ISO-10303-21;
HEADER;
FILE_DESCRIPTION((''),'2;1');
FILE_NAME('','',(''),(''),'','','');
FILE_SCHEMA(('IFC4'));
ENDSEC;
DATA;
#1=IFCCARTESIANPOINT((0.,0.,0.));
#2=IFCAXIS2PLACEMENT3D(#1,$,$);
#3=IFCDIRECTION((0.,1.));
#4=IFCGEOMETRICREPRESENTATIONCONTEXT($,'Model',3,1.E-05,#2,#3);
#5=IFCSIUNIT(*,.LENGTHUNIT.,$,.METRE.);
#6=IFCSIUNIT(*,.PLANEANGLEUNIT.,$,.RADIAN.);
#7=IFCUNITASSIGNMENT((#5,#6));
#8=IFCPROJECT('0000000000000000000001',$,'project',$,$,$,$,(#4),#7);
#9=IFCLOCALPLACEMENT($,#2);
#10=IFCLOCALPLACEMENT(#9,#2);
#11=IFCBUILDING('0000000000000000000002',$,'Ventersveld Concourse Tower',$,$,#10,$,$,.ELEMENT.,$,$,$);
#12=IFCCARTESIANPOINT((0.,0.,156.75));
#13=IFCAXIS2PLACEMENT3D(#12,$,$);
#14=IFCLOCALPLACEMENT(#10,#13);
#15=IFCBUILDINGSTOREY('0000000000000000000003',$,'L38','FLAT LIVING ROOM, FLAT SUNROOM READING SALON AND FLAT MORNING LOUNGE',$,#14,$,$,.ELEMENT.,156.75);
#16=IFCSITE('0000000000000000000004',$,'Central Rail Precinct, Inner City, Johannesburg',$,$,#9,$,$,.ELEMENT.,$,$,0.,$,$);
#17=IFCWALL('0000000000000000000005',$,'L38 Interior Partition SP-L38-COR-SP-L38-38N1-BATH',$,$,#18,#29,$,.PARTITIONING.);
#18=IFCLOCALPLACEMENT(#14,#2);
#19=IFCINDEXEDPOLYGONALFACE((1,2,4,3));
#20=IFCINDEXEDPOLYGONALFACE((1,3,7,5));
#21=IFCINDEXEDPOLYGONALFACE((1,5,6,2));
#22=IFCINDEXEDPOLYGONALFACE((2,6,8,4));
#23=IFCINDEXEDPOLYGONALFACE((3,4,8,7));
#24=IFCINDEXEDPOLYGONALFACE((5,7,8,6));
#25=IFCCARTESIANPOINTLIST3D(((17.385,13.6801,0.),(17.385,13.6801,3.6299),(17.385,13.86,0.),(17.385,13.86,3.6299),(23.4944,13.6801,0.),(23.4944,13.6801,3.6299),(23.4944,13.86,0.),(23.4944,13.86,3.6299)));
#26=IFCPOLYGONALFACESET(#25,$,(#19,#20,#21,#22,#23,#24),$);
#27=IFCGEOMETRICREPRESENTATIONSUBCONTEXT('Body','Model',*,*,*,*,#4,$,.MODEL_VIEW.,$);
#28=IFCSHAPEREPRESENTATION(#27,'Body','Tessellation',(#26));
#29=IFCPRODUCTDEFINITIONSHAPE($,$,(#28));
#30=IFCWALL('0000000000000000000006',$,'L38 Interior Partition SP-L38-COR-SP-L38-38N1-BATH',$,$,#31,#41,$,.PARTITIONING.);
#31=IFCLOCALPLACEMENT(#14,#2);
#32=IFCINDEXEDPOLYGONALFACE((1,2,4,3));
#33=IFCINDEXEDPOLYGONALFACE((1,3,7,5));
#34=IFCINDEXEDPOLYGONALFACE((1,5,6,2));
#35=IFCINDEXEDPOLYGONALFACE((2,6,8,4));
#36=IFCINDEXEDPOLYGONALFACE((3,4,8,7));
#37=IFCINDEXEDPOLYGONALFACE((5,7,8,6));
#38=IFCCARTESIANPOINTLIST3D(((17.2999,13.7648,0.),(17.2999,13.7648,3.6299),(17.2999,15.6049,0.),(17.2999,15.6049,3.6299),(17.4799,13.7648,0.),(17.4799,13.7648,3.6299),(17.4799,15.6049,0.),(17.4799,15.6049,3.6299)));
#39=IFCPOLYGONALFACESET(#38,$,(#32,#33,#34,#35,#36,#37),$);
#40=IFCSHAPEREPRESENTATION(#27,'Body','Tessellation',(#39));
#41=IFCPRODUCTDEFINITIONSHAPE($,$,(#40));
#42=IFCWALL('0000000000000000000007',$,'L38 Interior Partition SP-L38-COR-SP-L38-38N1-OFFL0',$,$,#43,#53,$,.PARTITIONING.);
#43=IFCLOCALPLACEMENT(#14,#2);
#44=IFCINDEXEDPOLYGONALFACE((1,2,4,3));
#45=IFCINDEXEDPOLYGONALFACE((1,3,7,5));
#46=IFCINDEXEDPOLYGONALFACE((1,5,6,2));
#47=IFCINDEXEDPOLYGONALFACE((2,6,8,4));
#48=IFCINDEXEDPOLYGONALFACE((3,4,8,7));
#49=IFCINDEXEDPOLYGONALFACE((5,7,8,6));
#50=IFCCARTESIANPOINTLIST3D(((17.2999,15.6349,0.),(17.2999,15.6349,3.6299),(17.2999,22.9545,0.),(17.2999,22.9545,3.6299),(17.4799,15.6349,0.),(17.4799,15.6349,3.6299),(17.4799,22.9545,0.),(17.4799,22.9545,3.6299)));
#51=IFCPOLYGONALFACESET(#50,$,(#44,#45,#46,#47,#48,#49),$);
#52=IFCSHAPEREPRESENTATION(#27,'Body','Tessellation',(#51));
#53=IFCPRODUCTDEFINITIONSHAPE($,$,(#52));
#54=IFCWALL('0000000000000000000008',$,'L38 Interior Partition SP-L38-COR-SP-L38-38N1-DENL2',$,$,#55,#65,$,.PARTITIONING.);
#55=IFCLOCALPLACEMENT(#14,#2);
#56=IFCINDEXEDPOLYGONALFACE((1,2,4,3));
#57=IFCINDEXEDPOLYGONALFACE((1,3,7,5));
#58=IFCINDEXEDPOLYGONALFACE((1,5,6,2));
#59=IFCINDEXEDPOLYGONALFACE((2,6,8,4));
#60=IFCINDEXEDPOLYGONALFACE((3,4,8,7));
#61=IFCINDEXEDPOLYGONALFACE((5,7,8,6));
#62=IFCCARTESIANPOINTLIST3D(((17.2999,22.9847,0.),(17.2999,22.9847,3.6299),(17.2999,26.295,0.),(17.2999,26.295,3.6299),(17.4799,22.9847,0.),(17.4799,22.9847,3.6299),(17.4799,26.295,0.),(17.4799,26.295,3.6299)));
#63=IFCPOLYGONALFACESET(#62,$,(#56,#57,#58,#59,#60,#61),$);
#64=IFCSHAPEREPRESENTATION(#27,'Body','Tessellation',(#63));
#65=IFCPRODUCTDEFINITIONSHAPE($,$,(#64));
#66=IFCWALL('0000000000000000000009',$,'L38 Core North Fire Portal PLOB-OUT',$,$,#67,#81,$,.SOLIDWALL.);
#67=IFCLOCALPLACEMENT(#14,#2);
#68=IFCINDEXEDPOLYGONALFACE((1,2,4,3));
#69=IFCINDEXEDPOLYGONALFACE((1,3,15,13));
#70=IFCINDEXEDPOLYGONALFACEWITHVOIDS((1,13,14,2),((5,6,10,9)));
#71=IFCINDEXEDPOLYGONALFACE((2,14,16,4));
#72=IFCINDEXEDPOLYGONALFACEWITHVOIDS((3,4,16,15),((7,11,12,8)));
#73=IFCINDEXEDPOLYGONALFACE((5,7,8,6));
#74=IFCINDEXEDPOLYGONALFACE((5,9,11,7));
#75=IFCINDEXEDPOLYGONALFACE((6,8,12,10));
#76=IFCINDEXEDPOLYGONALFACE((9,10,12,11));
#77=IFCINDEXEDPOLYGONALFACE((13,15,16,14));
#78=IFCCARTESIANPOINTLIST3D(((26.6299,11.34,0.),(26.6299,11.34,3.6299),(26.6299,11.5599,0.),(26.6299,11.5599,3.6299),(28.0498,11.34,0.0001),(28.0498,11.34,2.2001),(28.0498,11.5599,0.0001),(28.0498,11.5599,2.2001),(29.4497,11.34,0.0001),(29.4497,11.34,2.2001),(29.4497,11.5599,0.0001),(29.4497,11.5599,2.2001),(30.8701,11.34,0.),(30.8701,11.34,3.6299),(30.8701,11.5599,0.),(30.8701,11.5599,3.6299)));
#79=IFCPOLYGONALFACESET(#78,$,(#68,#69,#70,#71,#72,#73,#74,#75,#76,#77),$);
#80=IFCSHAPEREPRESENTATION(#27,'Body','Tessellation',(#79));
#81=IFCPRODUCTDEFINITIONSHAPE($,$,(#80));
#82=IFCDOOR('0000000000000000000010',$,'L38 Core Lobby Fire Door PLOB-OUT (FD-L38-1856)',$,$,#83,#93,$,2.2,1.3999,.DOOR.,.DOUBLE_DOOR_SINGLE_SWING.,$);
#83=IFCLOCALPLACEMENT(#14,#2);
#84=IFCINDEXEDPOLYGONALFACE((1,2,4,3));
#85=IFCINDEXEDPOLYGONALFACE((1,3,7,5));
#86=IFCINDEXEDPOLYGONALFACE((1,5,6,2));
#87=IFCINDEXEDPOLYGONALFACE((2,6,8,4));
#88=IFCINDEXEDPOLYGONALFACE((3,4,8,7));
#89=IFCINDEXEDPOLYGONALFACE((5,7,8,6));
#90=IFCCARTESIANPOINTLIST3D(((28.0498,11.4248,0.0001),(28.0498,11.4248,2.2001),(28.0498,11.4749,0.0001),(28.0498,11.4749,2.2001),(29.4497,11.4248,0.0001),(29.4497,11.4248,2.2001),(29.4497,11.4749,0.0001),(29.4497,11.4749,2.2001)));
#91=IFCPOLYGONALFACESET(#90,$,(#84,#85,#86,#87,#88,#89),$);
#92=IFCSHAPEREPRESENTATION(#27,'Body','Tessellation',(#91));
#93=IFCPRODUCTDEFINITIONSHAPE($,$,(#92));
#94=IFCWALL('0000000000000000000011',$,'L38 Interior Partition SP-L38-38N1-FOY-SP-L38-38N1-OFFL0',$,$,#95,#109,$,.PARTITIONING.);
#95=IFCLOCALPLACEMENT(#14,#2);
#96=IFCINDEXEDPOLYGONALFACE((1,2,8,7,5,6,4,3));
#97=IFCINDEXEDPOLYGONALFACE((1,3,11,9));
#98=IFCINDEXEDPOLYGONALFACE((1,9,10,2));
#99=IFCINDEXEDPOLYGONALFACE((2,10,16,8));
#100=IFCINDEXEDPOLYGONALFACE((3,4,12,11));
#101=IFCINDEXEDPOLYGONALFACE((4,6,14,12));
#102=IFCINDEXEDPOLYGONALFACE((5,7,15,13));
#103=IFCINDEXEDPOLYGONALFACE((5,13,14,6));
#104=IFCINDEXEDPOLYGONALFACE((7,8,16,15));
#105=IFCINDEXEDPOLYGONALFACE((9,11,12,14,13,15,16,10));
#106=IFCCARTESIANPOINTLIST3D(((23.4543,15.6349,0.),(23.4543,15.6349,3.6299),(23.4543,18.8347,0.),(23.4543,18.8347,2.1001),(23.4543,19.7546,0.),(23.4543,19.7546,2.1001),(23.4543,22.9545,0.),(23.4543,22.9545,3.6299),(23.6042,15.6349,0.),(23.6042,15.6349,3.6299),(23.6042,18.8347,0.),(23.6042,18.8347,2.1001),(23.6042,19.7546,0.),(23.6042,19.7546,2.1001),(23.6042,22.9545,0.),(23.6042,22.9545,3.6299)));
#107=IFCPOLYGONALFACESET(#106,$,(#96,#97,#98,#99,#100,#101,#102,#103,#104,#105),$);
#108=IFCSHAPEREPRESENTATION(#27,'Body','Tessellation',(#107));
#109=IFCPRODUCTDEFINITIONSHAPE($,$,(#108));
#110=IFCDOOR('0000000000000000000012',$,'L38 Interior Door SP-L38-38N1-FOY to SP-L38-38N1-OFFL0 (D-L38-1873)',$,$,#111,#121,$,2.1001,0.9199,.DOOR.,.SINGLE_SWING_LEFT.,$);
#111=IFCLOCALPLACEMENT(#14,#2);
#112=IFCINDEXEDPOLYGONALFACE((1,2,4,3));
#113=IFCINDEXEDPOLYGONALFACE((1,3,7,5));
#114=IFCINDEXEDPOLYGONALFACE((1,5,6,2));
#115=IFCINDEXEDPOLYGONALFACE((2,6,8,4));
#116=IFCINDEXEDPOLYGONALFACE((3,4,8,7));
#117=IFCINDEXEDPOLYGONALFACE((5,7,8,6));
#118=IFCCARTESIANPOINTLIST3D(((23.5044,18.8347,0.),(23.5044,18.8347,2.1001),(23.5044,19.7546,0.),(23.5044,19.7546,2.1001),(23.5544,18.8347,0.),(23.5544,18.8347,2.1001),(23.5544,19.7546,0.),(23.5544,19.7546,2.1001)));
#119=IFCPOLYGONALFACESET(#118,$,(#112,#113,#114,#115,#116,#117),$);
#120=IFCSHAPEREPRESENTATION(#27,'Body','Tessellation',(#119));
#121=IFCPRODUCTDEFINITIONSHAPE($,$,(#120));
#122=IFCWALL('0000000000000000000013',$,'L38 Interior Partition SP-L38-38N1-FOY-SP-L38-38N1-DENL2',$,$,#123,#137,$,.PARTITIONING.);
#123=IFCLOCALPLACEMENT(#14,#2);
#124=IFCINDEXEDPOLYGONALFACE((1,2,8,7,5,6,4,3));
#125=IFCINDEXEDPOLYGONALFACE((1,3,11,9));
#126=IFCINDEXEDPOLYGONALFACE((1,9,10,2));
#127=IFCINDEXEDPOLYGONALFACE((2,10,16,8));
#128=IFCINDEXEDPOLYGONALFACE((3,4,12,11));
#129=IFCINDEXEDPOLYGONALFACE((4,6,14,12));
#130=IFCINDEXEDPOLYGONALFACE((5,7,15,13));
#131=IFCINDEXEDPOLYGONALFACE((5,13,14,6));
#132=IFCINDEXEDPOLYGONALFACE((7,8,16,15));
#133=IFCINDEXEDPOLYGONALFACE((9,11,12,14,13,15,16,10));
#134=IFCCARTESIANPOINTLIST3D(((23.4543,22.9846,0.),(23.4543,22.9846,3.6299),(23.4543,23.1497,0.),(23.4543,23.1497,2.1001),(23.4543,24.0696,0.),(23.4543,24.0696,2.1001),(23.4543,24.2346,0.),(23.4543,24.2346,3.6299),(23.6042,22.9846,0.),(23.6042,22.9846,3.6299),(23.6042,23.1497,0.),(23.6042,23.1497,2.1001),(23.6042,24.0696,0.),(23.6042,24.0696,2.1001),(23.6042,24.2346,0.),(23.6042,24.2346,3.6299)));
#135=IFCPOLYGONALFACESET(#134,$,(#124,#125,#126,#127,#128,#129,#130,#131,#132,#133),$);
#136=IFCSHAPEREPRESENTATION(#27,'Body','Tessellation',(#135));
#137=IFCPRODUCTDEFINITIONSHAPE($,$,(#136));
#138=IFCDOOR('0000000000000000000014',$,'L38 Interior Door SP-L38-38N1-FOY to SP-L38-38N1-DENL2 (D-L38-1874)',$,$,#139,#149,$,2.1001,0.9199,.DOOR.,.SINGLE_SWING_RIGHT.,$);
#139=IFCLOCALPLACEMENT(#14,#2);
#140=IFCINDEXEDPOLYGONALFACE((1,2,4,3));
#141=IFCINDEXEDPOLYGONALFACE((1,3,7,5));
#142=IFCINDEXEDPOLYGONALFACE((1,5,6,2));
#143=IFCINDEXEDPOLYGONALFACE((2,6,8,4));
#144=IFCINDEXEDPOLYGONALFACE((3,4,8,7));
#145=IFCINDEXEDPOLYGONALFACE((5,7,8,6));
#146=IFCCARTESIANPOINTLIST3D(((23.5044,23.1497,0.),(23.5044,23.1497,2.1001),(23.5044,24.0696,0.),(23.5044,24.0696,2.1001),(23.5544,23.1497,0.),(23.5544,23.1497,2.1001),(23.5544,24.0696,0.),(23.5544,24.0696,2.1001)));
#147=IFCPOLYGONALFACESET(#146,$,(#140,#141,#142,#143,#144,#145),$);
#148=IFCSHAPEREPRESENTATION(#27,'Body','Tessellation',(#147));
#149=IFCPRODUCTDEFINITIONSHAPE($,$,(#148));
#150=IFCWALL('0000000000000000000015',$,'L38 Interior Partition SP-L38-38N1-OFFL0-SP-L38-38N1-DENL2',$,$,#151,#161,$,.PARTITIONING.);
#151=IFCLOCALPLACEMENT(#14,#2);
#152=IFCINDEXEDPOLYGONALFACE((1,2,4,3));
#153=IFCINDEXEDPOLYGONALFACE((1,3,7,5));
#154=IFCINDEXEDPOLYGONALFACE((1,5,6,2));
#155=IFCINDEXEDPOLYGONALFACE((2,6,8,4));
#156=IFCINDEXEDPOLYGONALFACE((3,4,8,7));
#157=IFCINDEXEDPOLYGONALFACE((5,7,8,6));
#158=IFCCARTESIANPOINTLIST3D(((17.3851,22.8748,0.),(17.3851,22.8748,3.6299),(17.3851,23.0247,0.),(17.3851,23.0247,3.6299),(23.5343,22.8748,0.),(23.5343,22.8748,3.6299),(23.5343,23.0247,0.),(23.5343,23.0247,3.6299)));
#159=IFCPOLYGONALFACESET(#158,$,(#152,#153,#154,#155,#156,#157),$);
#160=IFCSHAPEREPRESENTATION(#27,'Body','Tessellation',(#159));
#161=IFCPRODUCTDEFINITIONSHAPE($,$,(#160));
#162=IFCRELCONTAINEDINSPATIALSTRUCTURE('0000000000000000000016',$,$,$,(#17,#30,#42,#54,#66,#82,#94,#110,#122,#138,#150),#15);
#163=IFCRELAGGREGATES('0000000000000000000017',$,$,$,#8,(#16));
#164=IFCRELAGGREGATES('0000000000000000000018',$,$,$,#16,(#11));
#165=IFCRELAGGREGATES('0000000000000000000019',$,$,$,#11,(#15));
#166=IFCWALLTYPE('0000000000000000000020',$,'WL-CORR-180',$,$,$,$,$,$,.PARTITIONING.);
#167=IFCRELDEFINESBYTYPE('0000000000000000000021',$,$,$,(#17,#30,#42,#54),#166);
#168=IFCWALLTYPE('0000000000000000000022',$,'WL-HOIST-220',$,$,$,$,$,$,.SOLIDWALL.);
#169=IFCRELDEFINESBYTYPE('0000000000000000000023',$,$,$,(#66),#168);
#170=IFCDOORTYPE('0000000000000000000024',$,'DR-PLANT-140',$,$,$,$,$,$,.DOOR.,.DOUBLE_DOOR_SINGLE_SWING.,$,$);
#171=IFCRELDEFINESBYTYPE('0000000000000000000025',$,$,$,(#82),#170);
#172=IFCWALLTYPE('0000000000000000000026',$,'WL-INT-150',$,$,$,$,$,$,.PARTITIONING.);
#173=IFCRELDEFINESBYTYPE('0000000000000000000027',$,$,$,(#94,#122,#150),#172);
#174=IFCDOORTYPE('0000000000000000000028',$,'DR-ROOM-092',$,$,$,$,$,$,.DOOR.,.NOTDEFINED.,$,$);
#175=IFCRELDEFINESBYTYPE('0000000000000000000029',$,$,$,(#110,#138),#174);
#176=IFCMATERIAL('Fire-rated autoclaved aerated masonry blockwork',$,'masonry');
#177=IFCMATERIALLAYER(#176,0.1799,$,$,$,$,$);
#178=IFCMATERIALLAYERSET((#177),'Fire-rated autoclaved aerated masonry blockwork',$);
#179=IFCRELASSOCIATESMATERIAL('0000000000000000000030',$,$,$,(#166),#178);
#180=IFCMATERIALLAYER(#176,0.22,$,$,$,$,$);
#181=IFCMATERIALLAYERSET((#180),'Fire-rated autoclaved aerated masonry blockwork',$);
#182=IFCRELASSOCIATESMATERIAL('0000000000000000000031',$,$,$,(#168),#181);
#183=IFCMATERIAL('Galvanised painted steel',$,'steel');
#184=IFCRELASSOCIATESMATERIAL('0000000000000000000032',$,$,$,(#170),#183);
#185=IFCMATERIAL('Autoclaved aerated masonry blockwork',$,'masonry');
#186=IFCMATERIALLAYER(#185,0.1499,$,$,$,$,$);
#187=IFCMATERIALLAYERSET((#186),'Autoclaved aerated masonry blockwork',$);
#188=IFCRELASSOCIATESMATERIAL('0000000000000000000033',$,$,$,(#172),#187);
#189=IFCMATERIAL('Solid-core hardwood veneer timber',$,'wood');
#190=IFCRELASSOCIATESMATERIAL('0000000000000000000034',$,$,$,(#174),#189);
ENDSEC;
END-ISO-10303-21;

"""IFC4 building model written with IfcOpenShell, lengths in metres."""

from ifc_helpers import new_model, si_unit, direction, frame, frame_2d, origin, place, context, subcontext, project, spatial, rectangle, extrude, material, layer, layer_set, type_object, element, fill, save


model = new_model("IFC4")

# Units and contexts
model_context = context("Model", 3, precision=1e-05, world=origin(), true_north=direction((0.0, 1.0)))
body_context = subcontext(model_context, "Body", "Model", "MODEL_VIEW")
ifc_project = project(units=[si_unit("LENGTHUNIT", "METRE"), si_unit("PLANEANGLEUNIT", "RADIAN")], contexts=[model_context])

# Site, building, storey
site_placement = place(None, origin())
site = spatial("IfcSite", under=ifc_project, at=site_placement, Name="Central Rail Precinct, Inner City, Johannesburg", CompositionType="ELEMENT", RefElevation=0.0)
building_placement = place(site_placement, origin())
building = spatial("IfcBuilding", under=site, at=building_placement, Name="Ventersveld Concourse Tower", CompositionType="ELEMENT")
storey_placement = place(building_placement, frame((0.0, 0.0, 156.75)))
storey = spatial("IfcBuildingStorey", under=building, at=storey_placement, Name="L38", Description="FLAT LIVING ROOM, FLAT SUNROOM READING SALON AND FLAT MORNING LOUNGE", CompositionType="ELEMENT", Elevation=156.75)

# Shared definitions
ifc_material_1 = material(Name="Fire-rated autoclaved aerated masonry blockwork", Category="masonry")
ifc_layer_1 = layer(ifc_material_1, 0.1799)
ifc_layer_set_1 = layer_set([ifc_layer_1], Name="Fire-rated autoclaved aerated masonry blockwork")
wall_type_1 = type_object("IfcWallType", Name="WL-CORR-180", PredefinedType="PARTITIONING", material=ifc_layer_set_1)

# Shared definitions
ifc_material_2 = material(Name="Solid-core hardwood veneer timber", Category="wood")

# Walls
wall_1_placement = place(storey_placement, frame((17.385, 13.77, 0.0), z_axis=(0.0, 0.0, 1.0), x_axis=(1.0, 0.0, 0.0)))
element("IfcWall", 1, at=wall_1_placement, inside=storey, type_object=wall_type_1, Name="L38 Interior Partition SP-L38-COR-SP-L38-38N1-BATH", PredefinedType="PARTITIONING", context=body_context, shape_type="SweptSolid", body=[
    extrude(rectangle(XDim=6.1094, YDim=0.1799, at=frame_2d((3.0547, 0.0))), origin(), (0.0, 0.0, 1.0), 3.6299),
])
wall_2_placement = place(storey_placement, frame((17.3899, 13.7649, 0.0), z_axis=(0.0, 0.0, 1.0), x_axis=(0.0, 1.0, 0.0)))
element("IfcWall", 2, at=wall_2_placement, inside=storey, type_object=wall_type_1, Name="L38 Interior Partition SP-L38-COR-SP-L38-38N1-BATH", PredefinedType="PARTITIONING", context=body_context, shape_type="SweptSolid", body=[
    extrude(rectangle(XDim=1.8401, YDim=0.1799, at=frame_2d((0.9199, 0.0))), origin(), (0.0, 0.0, 1.0), 3.6299),
])
wall_3_placement = place(storey_placement, frame((17.3899, 15.635, 0.0), z_axis=(0.0, 0.0, 1.0), x_axis=(0.0, 1.0, 0.0)))
element("IfcWall", 3, at=wall_3_placement, inside=storey, type_object=wall_type_1, Name="L38 Interior Partition SP-L38-COR-SP-L38-38N1-OFFL0", PredefinedType="PARTITIONING", context=body_context, shape_type="SweptSolid", body=[
    extrude(rectangle(XDim=7.3196, YDim=0.1799, at=frame_2d((3.6597, 0.0))), origin(), (0.0, 0.0, 1.0), 3.6299),
])
wall_4_placement = place(storey_placement, frame((17.3899, 22.9846, 0.0), z_axis=(0.0, 0.0, 1.0), x_axis=(0.0, 1.0, 0.0)))
element("IfcWall", 4, at=wall_4_placement, inside=storey, type_object=wall_type_1, Name="L38 Interior Partition SP-L38-COR-SP-L38-38N1-DENL2", PredefinedType="PARTITIONING", context=body_context, shape_type="SweptSolid", body=[
    extrude(rectangle(XDim=3.3103, YDim=0.1799, at=frame_2d((1.6553, 0.0))), origin(), (0.0, 0.0, 1.0), 3.6299),
])

# Walls, openings, doors
ifc_layer_2 = layer(ifc_material_1, 0.22)
ifc_layer_set_2 = layer_set([ifc_layer_2], Name="Fire-rated autoclaved aerated masonry blockwork")
wall_type_2 = type_object("IfcWallType", Name="WL-HOIST-220", PredefinedType="SOLIDWALL", material=ifc_layer_set_2)
wall_5_placement = place(storey_placement, frame((26.6299, 11.45, 0.0), z_axis=(0.0, 0.0, 1.0), x_axis=(1.0, 0.0, 0.0)))
wall_5 = element("IfcWall", 5, at=wall_5_placement, inside=storey, type_object=wall_type_2, Name="L38 Core North Fire Portal PLOB-OUT", PredefinedType="SOLIDWALL", context=body_context, shape_type="SweptSolid", body=[
    extrude(rectangle(XDim=4.2402, YDim=0.22, at=frame_2d((2.1201, 0.0))), origin(), (0.0, 0.0, 1.0), 3.6299),
])
opening_1_placement = place(wall_5_placement, frame((1.4199, 0.0, 0.0)))
opening_1 = element("IfcOpeningElement", 6, at=opening_1_placement, cuts=wall_5, PredefinedType="OPENING", context=body_context, shape_type="SweptSolid", body=[
    extrude(rectangle(XDim=1.3999, YDim=2.2, at=frame_2d((0.7, 1.1001))), frame((0.0, 0.1201, 0.0), z_axis=(0.0, -1.0, 0.0), x_axis=(1.0, 0.0, 0.0)), (0.0, 0.0, 1.0), 0.24),
])
ifc_material_3 = material(Name="Galvanised painted steel", Category="steel")
door_type_1 = type_object("IfcDoorType", Name="DR-PLANT-140", OperationType="DOUBLE_DOOR_SINGLE_SWING", PredefinedType="DOOR", material=ifc_material_3)
door_1_placement = place(opening_1_placement, origin())
door_1 = element("IfcDoor", 7, at=door_1_placement, inside=storey, type_object=door_type_1, Name="L38 Core Lobby Fire Door PLOB-OUT (FD-L38-1856)", OperationType="DOUBLE_DOOR_SINGLE_SWING", OverallHeight=2.2, OverallWidth=1.3999, PredefinedType="DOOR", context=body_context, shape_type="SweptSolid", body=[
    extrude(rectangle(XDim=1.3999, YDim=2.2, at=frame_2d((0.7, 1.1001))), frame((0.0, 0.0249, 0.0), z_axis=(0.0, -1.0, 0.0), x_axis=(1.0, 0.0, 0.0)), (0.0, 0.0, 1.0), 0.05),
])
fill(opening_1, door_1)
ifc_material_4 = material(Name="Autoclaved aerated masonry blockwork", Category="masonry")
ifc_layer_3 = layer(ifc_material_4, 0.1499)
ifc_layer_set_3 = layer_set([ifc_layer_3], Name="Autoclaved aerated masonry blockwork")
wall_type_3 = type_object("IfcWallType", Name="WL-INT-150", PredefinedType="PARTITIONING", material=ifc_layer_set_3)
wall_6_placement = place(storey_placement, frame((23.5293, 15.635, 0.0), z_axis=(0.0, 0.0, 1.0), x_axis=(0.0, 1.0, 0.0)))
wall_6 = element("IfcWall", 8, at=wall_6_placement, inside=storey, type_object=wall_type_3, Name="L38 Interior Partition SP-L38-38N1-FOY-SP-L38-38N1-OFFL0", PredefinedType="PARTITIONING", context=body_context, shape_type="SweptSolid", body=[
    extrude(rectangle(XDim=7.3196, YDim=0.1499, at=frame_2d((3.6597, 0.0))), origin(), (0.0, 0.0, 1.0), 3.6299),
])
opening_2_placement = place(wall_6_placement, frame((3.1997, 0.0, 0.0)))
opening_2 = element("IfcOpeningElement", 9, at=opening_2_placement, cuts=wall_6, PredefinedType="OPENING", context=body_context, shape_type="SweptSolid", body=[
    extrude(rectangle(XDim=0.9199, YDim=2.1001, at=frame_2d((0.46, 1.05))), frame((0.0, 0.085, 0.0), z_axis=(0.0, -1.0, 0.0), x_axis=(1.0, 0.0, 0.0)), (0.0, 0.0, 1.0), 0.1699),
])
door_type_2 = type_object("IfcDoorType", Name="DR-ROOM-092", OperationType="NOTDEFINED", PredefinedType="DOOR", material=ifc_material_2)
door_2_placement = place(opening_2_placement, origin())
door_2 = element("IfcDoor", 10, at=door_2_placement, inside=storey, type_object=door_type_2, Name="L38 Interior Door SP-L38-38N1-FOY to SP-L38-38N1-OFFL0 (D-L38-1873)", OperationType="SINGLE_SWING_LEFT", OverallHeight=2.1001, OverallWidth=0.9199, PredefinedType="DOOR", context=body_context, shape_type="SweptSolid", body=[
    extrude(rectangle(XDim=0.9199, YDim=2.1001, at=frame_2d((0.46, 1.05))), frame((0.0, 0.0249, 0.0), z_axis=(0.0, -1.0, 0.0), x_axis=(1.0, 0.0, 0.0)), (0.0, 0.0, 1.0), 0.05),
])
fill(opening_2, door_2)
wall_7_placement = place(storey_placement, frame((23.5293, 22.9846, 0.0), z_axis=(0.0, 0.0, 1.0), x_axis=(0.0, 1.0, 0.0)))
wall_7 = element("IfcWall", 11, at=wall_7_placement, inside=storey, type_object=wall_type_3, Name="L38 Interior Partition SP-L38-38N1-FOY-SP-L38-38N1-DENL2", PredefinedType="PARTITIONING", context=body_context, shape_type="SweptSolid", body=[
    extrude(rectangle(XDim=1.25, YDim=0.1499, at=frame_2d((0.625, 0.0))), origin(), (0.0, 0.0, 1.0), 3.6299),
])
opening_3_placement = place(wall_7_placement, frame((0.165, 0.0, 0.0)))
opening_3 = element("IfcOpeningElement", 12, at=opening_3_placement, cuts=wall_7, PredefinedType="OPENING", context=body_context, shape_type="SweptSolid", body=[
    extrude(rectangle(XDim=0.9199, YDim=2.1001, at=frame_2d((0.46, 1.05))), frame((0.0, 0.085, 0.0), z_axis=(0.0, -1.0, 0.0), x_axis=(1.0, 0.0, 0.0)), (0.0, 0.0, 1.0), 0.1699),
])
door_3_placement = place(opening_3_placement, origin())
door_3 = element("IfcDoor", 13, at=door_3_placement, inside=storey, type_object=door_type_2, Name="L38 Interior Door SP-L38-38N1-FOY to SP-L38-38N1-DENL2 (D-L38-1874)", OperationType="SINGLE_SWING_RIGHT", OverallHeight=2.1001, OverallWidth=0.9199, PredefinedType="DOOR", context=body_context, shape_type="SweptSolid", body=[
    extrude(rectangle(XDim=0.9199, YDim=2.1001, at=frame_2d((0.46, 1.05))), frame((0.0, 0.0249, 0.0), z_axis=(0.0, -1.0, 0.0), x_axis=(1.0, 0.0, 0.0)), (0.0, 0.0, 1.0), 0.05),
])
fill(opening_3, door_3)

# Wall
wall_8_placement = place(storey_placement, frame((17.385, 22.9497, 0.0), z_axis=(0.0, 0.0, 1.0), x_axis=(1.0, 0.0, 0.0)))
element("IfcWall", 14, at=wall_8_placement, inside=storey, type_object=wall_type_3, Name="L38 Interior Partition SP-L38-38N1-OFFL0-SP-L38-38N1-DENL2", PredefinedType="PARTITIONING", context=body_context, shape_type="SweptSolid", body=[
    extrude(rectangle(XDim=6.1492, YDim=0.1499, at=frame_2d((3.0747, 0.0))), origin(), (0.0, 0.0, 1.0), 3.6299),
])

save(model, "model.ifc")
